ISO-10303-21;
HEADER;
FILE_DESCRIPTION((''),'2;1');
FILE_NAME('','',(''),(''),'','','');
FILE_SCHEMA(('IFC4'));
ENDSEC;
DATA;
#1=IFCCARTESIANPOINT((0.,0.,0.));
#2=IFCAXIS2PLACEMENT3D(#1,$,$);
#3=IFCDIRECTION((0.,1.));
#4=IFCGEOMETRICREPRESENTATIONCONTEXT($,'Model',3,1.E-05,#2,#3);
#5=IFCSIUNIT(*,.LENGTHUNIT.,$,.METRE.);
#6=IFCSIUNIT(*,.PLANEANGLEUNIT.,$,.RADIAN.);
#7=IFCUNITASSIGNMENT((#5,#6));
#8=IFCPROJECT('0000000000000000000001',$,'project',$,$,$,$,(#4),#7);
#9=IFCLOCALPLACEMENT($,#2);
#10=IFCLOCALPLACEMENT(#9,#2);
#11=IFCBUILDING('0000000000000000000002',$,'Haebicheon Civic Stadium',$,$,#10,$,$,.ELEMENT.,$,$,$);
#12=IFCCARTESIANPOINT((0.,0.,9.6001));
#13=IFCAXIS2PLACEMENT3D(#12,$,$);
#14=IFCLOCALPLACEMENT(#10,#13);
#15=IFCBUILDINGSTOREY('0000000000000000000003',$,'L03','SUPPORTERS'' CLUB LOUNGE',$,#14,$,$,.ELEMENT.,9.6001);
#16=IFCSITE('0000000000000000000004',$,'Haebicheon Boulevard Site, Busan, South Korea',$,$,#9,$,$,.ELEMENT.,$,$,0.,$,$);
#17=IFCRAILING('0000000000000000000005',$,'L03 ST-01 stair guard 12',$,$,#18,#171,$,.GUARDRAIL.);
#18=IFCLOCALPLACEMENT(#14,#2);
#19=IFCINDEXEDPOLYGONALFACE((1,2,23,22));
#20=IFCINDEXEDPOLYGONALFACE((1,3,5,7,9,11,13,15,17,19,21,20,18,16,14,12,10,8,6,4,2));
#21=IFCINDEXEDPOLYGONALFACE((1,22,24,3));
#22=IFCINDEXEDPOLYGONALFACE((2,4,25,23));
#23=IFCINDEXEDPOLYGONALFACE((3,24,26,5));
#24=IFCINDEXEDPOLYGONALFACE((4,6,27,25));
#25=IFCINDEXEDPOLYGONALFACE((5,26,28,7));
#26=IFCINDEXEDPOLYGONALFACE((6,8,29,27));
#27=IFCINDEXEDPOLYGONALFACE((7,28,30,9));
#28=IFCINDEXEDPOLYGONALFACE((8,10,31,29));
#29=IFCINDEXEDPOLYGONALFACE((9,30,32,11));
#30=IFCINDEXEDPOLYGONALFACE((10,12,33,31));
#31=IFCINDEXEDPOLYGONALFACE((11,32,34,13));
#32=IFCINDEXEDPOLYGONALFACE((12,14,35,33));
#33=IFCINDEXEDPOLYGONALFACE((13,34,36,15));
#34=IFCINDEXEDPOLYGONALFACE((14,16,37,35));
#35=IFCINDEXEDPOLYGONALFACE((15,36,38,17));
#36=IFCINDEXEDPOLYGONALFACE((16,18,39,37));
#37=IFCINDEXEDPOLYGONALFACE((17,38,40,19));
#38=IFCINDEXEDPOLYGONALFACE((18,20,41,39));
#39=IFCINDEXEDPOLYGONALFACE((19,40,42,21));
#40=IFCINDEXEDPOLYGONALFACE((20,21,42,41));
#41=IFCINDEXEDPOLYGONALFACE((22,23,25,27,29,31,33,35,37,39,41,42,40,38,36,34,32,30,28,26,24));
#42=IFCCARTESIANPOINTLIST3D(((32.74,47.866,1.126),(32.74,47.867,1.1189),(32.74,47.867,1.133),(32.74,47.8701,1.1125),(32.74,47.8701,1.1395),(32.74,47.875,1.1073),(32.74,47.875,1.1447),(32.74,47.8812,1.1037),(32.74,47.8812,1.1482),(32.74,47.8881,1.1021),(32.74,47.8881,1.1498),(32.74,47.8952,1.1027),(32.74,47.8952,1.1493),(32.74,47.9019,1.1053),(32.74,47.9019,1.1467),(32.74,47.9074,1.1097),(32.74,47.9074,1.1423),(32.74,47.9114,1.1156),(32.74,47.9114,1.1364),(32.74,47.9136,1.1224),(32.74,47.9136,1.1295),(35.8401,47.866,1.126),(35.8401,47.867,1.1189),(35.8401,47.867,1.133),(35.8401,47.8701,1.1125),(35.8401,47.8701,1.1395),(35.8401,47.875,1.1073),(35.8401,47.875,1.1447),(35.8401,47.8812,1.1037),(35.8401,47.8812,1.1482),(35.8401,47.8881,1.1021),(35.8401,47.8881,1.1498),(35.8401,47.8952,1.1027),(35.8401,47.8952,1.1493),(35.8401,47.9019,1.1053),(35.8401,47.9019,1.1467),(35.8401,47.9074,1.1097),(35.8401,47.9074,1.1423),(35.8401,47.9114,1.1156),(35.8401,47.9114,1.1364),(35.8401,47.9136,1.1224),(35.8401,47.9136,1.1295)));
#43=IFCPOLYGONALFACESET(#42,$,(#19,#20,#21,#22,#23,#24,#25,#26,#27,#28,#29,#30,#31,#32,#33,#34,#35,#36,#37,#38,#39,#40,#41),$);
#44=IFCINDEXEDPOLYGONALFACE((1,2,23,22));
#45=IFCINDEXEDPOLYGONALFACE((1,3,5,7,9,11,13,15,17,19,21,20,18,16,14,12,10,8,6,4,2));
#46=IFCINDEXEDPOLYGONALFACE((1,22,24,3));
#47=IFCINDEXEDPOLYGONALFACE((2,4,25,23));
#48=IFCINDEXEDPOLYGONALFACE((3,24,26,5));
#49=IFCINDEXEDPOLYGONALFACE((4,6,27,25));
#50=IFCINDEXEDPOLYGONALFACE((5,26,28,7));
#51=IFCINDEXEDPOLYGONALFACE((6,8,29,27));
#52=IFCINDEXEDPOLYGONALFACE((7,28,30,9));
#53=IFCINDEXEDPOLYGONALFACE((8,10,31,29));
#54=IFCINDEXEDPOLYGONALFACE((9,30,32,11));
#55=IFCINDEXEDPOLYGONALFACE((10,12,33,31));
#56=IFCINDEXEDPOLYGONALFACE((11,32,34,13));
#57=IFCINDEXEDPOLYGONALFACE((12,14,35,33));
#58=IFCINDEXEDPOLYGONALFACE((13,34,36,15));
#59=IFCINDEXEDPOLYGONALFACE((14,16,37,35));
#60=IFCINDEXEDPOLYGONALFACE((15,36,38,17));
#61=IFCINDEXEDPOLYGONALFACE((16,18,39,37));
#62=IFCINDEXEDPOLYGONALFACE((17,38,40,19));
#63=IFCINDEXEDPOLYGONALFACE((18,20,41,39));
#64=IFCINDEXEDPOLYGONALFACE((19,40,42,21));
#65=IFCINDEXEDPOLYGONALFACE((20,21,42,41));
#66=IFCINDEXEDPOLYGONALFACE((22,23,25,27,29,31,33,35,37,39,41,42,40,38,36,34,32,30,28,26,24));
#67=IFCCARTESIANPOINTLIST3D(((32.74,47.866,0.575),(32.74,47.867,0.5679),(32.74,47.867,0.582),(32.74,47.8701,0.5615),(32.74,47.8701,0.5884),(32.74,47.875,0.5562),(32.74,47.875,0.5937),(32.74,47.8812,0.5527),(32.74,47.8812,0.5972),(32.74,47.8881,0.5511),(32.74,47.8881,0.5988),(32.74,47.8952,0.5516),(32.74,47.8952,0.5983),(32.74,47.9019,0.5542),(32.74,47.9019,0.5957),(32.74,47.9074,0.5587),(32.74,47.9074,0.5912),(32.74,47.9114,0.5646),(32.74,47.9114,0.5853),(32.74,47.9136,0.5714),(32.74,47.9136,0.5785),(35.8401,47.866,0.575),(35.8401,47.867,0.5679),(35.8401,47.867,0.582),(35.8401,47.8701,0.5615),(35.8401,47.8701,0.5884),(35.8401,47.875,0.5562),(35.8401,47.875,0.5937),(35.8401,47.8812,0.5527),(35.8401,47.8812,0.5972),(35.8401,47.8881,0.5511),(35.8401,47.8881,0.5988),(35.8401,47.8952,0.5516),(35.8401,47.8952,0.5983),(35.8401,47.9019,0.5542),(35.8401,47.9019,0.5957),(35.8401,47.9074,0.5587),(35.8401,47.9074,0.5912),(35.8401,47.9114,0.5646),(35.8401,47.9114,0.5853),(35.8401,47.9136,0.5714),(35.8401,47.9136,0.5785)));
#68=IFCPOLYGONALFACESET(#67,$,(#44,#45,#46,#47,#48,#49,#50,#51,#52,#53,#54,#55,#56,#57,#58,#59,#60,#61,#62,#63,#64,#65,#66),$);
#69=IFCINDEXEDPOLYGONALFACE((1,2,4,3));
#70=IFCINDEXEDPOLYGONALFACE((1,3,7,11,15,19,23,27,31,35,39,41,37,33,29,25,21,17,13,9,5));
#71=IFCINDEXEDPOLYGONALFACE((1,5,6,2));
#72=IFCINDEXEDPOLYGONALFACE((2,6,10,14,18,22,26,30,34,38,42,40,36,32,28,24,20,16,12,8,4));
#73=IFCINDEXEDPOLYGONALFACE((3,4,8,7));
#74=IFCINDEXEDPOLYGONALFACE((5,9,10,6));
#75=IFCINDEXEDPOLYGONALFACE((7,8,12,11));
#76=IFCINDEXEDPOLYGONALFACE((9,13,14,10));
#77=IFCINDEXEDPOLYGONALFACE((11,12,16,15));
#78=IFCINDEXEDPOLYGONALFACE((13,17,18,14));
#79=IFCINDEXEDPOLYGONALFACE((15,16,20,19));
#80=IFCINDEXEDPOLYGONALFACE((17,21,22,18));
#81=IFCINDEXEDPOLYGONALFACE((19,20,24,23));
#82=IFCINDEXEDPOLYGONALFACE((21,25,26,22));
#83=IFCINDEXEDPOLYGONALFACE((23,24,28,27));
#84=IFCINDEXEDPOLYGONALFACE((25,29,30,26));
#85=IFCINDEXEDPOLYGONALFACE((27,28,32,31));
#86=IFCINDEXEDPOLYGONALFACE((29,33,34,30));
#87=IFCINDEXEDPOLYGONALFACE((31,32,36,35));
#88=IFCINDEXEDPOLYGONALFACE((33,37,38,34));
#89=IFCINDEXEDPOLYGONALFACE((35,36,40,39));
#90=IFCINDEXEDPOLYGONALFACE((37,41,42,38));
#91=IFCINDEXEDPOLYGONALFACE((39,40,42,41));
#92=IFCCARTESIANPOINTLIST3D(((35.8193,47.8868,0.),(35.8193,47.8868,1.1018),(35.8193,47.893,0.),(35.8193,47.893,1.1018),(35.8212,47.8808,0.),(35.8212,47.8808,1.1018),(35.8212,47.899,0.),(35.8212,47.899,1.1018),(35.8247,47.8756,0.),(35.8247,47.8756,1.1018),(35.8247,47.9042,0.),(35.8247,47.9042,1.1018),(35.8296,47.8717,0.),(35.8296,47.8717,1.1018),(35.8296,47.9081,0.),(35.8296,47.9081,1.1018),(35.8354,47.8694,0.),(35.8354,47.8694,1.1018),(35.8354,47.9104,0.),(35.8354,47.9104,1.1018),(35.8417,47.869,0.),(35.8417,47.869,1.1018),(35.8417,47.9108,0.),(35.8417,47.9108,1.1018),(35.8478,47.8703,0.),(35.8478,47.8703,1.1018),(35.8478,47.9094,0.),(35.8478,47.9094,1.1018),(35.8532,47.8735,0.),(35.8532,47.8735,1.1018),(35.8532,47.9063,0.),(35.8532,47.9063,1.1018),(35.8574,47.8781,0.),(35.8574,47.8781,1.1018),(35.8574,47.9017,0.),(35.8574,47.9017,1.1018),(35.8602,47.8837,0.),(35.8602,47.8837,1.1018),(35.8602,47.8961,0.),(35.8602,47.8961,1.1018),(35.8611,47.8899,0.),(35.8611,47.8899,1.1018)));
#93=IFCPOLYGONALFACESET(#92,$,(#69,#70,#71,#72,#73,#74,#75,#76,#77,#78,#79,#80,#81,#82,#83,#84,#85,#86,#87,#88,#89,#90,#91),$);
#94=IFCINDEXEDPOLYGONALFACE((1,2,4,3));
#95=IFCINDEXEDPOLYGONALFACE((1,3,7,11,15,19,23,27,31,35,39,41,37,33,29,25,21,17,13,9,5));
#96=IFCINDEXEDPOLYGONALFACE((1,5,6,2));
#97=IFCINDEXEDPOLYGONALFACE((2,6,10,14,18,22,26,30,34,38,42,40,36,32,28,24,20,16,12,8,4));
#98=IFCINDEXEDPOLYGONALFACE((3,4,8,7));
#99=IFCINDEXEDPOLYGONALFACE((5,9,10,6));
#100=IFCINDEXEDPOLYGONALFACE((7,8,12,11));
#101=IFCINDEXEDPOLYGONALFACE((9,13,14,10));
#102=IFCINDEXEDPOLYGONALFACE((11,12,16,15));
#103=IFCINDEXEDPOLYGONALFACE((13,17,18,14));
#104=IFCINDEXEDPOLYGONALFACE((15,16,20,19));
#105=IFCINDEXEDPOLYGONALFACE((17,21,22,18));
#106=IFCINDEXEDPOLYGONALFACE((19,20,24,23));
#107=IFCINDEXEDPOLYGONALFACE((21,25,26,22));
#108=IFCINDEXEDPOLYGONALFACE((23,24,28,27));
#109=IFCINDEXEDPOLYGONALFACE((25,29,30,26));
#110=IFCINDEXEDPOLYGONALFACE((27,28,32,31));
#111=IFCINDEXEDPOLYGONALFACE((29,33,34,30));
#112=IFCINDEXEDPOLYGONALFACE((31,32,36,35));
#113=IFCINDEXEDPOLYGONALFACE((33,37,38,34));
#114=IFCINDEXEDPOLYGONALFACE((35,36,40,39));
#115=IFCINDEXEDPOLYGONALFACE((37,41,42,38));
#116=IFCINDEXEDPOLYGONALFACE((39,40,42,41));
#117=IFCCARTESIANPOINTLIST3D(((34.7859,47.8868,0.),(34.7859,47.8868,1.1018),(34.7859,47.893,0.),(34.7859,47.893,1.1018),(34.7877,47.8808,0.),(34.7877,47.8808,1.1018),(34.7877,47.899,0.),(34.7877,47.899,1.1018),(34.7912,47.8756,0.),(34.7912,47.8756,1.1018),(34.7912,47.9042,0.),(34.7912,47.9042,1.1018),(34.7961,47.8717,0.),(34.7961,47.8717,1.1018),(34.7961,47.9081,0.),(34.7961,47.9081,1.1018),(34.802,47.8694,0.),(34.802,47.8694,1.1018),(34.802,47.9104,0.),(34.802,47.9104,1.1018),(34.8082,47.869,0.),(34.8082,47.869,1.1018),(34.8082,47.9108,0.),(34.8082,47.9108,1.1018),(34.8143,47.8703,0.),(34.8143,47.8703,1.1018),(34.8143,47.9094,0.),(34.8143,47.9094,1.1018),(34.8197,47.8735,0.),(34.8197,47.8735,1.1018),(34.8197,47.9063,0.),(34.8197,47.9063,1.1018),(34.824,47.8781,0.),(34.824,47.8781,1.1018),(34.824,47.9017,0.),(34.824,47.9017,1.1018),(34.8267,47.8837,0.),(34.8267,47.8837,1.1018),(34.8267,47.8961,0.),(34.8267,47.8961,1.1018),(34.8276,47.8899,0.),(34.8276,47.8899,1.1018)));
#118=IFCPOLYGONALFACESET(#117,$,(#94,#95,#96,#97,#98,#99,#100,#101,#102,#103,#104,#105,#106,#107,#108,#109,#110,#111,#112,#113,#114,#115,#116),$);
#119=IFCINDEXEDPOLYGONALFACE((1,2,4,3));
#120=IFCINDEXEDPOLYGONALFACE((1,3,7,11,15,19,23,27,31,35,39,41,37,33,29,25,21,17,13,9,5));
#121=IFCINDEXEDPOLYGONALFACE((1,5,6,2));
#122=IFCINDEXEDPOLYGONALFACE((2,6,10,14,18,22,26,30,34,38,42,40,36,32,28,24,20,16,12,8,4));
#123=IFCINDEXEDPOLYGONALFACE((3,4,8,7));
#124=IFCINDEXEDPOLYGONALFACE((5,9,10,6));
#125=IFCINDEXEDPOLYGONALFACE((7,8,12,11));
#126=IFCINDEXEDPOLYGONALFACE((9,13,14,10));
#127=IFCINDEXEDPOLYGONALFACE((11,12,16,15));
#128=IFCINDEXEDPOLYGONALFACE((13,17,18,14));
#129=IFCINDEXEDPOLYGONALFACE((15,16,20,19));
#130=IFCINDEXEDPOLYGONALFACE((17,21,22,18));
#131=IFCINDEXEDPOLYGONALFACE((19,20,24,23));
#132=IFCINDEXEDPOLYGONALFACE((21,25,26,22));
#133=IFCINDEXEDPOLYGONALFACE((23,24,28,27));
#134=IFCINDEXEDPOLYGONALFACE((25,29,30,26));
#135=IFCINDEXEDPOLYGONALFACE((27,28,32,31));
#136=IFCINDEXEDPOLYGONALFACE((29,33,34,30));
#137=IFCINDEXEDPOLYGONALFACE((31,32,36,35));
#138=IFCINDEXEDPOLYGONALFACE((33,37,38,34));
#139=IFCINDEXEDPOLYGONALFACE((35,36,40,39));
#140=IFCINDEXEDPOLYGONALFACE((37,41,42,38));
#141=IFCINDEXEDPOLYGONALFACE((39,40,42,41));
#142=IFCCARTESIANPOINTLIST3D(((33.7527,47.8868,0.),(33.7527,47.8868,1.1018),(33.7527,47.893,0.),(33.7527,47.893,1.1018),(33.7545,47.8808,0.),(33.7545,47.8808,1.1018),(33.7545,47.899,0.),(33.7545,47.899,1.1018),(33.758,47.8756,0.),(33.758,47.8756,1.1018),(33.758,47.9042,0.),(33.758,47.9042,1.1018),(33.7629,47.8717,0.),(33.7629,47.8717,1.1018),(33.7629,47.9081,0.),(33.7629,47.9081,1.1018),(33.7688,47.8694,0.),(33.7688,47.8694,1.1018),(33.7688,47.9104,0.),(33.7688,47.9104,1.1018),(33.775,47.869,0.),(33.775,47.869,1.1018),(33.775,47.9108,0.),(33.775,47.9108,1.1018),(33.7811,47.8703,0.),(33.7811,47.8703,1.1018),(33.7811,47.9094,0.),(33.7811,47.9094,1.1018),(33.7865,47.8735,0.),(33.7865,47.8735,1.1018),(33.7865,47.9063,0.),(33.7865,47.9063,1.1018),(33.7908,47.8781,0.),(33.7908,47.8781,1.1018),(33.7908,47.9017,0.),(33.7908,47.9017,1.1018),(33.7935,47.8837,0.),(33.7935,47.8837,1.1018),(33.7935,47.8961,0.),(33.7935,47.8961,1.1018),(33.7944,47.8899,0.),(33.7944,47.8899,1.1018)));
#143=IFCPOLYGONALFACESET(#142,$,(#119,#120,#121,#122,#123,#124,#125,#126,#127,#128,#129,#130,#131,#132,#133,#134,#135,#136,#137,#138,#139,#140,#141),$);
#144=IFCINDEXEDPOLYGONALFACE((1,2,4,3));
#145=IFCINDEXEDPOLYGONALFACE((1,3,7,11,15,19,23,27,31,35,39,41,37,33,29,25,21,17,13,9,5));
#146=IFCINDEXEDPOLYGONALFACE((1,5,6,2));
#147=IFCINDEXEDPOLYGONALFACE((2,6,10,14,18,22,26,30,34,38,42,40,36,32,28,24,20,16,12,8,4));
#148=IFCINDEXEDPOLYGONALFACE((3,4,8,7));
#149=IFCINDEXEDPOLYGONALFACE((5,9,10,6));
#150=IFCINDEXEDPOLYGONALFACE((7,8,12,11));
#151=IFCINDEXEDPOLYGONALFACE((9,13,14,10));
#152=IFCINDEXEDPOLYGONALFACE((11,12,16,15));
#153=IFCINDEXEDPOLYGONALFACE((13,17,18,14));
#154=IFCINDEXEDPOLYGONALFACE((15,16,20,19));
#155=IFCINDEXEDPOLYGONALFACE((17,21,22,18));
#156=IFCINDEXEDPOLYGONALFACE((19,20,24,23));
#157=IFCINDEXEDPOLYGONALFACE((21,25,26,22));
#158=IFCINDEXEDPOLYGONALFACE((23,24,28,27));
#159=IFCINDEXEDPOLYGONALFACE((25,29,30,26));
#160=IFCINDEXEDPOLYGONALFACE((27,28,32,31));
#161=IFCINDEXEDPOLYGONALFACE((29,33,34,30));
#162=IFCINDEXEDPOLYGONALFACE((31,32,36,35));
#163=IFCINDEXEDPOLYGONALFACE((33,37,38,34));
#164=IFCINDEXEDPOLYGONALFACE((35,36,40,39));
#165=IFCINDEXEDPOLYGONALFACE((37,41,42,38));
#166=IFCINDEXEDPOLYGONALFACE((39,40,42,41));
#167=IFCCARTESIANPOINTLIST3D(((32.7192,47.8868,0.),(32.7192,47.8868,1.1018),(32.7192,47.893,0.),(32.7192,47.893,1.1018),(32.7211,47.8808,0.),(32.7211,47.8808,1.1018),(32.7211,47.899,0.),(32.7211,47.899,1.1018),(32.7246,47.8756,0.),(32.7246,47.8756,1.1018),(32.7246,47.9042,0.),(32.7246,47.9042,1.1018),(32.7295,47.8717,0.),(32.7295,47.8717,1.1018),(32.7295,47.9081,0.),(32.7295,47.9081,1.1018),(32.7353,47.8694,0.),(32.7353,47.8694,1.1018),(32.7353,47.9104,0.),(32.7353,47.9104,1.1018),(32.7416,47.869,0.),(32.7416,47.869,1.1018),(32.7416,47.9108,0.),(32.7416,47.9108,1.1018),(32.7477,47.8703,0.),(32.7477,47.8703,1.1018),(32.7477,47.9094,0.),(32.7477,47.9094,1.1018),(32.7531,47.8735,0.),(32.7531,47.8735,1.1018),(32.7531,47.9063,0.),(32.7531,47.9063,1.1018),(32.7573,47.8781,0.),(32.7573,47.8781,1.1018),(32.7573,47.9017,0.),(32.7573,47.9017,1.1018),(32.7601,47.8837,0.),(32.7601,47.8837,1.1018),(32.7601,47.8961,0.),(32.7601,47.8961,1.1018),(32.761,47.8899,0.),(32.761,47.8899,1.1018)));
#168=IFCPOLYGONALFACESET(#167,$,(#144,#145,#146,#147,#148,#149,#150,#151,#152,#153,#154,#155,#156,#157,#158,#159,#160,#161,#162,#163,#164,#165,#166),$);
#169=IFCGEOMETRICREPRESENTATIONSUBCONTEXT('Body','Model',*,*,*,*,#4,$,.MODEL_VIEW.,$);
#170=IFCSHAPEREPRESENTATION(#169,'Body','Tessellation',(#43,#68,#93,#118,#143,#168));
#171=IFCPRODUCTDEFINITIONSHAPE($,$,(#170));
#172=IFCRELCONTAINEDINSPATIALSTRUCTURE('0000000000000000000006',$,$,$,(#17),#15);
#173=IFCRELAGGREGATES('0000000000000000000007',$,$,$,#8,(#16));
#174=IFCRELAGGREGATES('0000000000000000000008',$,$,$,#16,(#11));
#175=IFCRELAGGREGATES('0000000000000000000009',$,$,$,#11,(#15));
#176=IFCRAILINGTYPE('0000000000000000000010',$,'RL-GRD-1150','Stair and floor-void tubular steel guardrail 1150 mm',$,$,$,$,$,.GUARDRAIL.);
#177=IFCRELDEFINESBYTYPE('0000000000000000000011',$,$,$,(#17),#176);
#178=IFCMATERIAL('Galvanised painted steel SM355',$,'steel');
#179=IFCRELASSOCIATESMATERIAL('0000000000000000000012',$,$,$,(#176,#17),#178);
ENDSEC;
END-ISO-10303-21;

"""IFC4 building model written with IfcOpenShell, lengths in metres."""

from ifc_helpers import new_model, si_unit, direction, frame, origin, origin_2d, place, context, subcontext, project, spatial, circle, extrude, material, type_object, element, save


model = new_model("IFC4")

# Units and contexts
model_context = context("Model", 3, precision=1e-05, world=origin(), true_north=direction((0.0, 1.0)))
body_context = subcontext(model_context, "Body", "Model", "MODEL_VIEW")
ifc_project = project(units=[si_unit("LENGTHUNIT", "METRE"), si_unit("PLANEANGLEUNIT", "RADIAN")], contexts=[model_context])

# Site, building, storey
site_placement = place(None, origin())
site = spatial("IfcSite", under=ifc_project, at=site_placement, Name="Haebicheon Boulevard Site, Busan, South Korea", CompositionType="ELEMENT", RefElevation=0.0)
building_placement = place(site_placement, origin())
building = spatial("IfcBuilding", under=site, at=building_placement, Name="Haebicheon Civic Stadium", CompositionType="ELEMENT")
storey_placement = place(building_placement, frame((0.0, 0.0, 9.6001)))
storey = spatial("IfcBuildingStorey", under=building, at=storey_placement, Name="L03", Description="SUPPORTERS' CLUB LOUNGE", CompositionType="ELEMENT", Elevation=9.6001)

# Railing
ifc_material_1 = material(Name="Galvanised painted steel SM355", Category="steel")
railing_type_1 = type_object("IfcRailingType", Name="RL-GRD-1150", Description="Stair and floor-void tubular steel guardrail 1150 mm", PredefinedType="GUARDRAIL", material=ifc_material_1)
railing_1_placement = place(storey_placement, frame((35.8401, 47.8899, 0.0)))
element("IfcRailing", 1, at=railing_1_placement, inside=storey, type_object=railing_type_1, material=ifc_material_1, Name="L03 ST-01 stair guard 12", PredefinedType="GUARDRAIL", context=body_context, shape_type="SweptSolid", body=[
    extrude(circle(Radius=0.0239, at=origin_2d()), frame((0.0, 0.0, 1.126), z_axis=(-1.0, 0.0, 0.0), x_axis=(0.0, -1.0, 0.0)), (0.0, 0.0, 1.0), 3.1001),
    extrude(circle(Radius=0.0239, at=origin_2d()), frame((0.0, 0.0, 0.575), z_axis=(-1.0, 0.0, 0.0), x_axis=(0.0, -1.0, 0.0)), (0.0, 0.0, 1.0), 3.1001),
    extrude(circle(Radius=0.021, at=origin_2d()), origin(), (0.0, 0.0, 1.0), 1.1018),
    extrude(circle(Radius=0.021, at=origin_2d()), frame((-1.0334, 0.0, 0.0)), (0.0, 0.0, 1.0), 1.1018),
    extrude(circle(Radius=0.021, at=origin_2d()), frame((-2.0667, 0.0, 0.0)), (0.0, 0.0, 1.0), 1.1018),
    extrude(circle(Radius=0.021, at=origin_2d()), frame((-3.1001, 0.0, 0.0)), (0.0, 0.0, 1.0), 1.1018),
])

save(model, "model.ifc")
